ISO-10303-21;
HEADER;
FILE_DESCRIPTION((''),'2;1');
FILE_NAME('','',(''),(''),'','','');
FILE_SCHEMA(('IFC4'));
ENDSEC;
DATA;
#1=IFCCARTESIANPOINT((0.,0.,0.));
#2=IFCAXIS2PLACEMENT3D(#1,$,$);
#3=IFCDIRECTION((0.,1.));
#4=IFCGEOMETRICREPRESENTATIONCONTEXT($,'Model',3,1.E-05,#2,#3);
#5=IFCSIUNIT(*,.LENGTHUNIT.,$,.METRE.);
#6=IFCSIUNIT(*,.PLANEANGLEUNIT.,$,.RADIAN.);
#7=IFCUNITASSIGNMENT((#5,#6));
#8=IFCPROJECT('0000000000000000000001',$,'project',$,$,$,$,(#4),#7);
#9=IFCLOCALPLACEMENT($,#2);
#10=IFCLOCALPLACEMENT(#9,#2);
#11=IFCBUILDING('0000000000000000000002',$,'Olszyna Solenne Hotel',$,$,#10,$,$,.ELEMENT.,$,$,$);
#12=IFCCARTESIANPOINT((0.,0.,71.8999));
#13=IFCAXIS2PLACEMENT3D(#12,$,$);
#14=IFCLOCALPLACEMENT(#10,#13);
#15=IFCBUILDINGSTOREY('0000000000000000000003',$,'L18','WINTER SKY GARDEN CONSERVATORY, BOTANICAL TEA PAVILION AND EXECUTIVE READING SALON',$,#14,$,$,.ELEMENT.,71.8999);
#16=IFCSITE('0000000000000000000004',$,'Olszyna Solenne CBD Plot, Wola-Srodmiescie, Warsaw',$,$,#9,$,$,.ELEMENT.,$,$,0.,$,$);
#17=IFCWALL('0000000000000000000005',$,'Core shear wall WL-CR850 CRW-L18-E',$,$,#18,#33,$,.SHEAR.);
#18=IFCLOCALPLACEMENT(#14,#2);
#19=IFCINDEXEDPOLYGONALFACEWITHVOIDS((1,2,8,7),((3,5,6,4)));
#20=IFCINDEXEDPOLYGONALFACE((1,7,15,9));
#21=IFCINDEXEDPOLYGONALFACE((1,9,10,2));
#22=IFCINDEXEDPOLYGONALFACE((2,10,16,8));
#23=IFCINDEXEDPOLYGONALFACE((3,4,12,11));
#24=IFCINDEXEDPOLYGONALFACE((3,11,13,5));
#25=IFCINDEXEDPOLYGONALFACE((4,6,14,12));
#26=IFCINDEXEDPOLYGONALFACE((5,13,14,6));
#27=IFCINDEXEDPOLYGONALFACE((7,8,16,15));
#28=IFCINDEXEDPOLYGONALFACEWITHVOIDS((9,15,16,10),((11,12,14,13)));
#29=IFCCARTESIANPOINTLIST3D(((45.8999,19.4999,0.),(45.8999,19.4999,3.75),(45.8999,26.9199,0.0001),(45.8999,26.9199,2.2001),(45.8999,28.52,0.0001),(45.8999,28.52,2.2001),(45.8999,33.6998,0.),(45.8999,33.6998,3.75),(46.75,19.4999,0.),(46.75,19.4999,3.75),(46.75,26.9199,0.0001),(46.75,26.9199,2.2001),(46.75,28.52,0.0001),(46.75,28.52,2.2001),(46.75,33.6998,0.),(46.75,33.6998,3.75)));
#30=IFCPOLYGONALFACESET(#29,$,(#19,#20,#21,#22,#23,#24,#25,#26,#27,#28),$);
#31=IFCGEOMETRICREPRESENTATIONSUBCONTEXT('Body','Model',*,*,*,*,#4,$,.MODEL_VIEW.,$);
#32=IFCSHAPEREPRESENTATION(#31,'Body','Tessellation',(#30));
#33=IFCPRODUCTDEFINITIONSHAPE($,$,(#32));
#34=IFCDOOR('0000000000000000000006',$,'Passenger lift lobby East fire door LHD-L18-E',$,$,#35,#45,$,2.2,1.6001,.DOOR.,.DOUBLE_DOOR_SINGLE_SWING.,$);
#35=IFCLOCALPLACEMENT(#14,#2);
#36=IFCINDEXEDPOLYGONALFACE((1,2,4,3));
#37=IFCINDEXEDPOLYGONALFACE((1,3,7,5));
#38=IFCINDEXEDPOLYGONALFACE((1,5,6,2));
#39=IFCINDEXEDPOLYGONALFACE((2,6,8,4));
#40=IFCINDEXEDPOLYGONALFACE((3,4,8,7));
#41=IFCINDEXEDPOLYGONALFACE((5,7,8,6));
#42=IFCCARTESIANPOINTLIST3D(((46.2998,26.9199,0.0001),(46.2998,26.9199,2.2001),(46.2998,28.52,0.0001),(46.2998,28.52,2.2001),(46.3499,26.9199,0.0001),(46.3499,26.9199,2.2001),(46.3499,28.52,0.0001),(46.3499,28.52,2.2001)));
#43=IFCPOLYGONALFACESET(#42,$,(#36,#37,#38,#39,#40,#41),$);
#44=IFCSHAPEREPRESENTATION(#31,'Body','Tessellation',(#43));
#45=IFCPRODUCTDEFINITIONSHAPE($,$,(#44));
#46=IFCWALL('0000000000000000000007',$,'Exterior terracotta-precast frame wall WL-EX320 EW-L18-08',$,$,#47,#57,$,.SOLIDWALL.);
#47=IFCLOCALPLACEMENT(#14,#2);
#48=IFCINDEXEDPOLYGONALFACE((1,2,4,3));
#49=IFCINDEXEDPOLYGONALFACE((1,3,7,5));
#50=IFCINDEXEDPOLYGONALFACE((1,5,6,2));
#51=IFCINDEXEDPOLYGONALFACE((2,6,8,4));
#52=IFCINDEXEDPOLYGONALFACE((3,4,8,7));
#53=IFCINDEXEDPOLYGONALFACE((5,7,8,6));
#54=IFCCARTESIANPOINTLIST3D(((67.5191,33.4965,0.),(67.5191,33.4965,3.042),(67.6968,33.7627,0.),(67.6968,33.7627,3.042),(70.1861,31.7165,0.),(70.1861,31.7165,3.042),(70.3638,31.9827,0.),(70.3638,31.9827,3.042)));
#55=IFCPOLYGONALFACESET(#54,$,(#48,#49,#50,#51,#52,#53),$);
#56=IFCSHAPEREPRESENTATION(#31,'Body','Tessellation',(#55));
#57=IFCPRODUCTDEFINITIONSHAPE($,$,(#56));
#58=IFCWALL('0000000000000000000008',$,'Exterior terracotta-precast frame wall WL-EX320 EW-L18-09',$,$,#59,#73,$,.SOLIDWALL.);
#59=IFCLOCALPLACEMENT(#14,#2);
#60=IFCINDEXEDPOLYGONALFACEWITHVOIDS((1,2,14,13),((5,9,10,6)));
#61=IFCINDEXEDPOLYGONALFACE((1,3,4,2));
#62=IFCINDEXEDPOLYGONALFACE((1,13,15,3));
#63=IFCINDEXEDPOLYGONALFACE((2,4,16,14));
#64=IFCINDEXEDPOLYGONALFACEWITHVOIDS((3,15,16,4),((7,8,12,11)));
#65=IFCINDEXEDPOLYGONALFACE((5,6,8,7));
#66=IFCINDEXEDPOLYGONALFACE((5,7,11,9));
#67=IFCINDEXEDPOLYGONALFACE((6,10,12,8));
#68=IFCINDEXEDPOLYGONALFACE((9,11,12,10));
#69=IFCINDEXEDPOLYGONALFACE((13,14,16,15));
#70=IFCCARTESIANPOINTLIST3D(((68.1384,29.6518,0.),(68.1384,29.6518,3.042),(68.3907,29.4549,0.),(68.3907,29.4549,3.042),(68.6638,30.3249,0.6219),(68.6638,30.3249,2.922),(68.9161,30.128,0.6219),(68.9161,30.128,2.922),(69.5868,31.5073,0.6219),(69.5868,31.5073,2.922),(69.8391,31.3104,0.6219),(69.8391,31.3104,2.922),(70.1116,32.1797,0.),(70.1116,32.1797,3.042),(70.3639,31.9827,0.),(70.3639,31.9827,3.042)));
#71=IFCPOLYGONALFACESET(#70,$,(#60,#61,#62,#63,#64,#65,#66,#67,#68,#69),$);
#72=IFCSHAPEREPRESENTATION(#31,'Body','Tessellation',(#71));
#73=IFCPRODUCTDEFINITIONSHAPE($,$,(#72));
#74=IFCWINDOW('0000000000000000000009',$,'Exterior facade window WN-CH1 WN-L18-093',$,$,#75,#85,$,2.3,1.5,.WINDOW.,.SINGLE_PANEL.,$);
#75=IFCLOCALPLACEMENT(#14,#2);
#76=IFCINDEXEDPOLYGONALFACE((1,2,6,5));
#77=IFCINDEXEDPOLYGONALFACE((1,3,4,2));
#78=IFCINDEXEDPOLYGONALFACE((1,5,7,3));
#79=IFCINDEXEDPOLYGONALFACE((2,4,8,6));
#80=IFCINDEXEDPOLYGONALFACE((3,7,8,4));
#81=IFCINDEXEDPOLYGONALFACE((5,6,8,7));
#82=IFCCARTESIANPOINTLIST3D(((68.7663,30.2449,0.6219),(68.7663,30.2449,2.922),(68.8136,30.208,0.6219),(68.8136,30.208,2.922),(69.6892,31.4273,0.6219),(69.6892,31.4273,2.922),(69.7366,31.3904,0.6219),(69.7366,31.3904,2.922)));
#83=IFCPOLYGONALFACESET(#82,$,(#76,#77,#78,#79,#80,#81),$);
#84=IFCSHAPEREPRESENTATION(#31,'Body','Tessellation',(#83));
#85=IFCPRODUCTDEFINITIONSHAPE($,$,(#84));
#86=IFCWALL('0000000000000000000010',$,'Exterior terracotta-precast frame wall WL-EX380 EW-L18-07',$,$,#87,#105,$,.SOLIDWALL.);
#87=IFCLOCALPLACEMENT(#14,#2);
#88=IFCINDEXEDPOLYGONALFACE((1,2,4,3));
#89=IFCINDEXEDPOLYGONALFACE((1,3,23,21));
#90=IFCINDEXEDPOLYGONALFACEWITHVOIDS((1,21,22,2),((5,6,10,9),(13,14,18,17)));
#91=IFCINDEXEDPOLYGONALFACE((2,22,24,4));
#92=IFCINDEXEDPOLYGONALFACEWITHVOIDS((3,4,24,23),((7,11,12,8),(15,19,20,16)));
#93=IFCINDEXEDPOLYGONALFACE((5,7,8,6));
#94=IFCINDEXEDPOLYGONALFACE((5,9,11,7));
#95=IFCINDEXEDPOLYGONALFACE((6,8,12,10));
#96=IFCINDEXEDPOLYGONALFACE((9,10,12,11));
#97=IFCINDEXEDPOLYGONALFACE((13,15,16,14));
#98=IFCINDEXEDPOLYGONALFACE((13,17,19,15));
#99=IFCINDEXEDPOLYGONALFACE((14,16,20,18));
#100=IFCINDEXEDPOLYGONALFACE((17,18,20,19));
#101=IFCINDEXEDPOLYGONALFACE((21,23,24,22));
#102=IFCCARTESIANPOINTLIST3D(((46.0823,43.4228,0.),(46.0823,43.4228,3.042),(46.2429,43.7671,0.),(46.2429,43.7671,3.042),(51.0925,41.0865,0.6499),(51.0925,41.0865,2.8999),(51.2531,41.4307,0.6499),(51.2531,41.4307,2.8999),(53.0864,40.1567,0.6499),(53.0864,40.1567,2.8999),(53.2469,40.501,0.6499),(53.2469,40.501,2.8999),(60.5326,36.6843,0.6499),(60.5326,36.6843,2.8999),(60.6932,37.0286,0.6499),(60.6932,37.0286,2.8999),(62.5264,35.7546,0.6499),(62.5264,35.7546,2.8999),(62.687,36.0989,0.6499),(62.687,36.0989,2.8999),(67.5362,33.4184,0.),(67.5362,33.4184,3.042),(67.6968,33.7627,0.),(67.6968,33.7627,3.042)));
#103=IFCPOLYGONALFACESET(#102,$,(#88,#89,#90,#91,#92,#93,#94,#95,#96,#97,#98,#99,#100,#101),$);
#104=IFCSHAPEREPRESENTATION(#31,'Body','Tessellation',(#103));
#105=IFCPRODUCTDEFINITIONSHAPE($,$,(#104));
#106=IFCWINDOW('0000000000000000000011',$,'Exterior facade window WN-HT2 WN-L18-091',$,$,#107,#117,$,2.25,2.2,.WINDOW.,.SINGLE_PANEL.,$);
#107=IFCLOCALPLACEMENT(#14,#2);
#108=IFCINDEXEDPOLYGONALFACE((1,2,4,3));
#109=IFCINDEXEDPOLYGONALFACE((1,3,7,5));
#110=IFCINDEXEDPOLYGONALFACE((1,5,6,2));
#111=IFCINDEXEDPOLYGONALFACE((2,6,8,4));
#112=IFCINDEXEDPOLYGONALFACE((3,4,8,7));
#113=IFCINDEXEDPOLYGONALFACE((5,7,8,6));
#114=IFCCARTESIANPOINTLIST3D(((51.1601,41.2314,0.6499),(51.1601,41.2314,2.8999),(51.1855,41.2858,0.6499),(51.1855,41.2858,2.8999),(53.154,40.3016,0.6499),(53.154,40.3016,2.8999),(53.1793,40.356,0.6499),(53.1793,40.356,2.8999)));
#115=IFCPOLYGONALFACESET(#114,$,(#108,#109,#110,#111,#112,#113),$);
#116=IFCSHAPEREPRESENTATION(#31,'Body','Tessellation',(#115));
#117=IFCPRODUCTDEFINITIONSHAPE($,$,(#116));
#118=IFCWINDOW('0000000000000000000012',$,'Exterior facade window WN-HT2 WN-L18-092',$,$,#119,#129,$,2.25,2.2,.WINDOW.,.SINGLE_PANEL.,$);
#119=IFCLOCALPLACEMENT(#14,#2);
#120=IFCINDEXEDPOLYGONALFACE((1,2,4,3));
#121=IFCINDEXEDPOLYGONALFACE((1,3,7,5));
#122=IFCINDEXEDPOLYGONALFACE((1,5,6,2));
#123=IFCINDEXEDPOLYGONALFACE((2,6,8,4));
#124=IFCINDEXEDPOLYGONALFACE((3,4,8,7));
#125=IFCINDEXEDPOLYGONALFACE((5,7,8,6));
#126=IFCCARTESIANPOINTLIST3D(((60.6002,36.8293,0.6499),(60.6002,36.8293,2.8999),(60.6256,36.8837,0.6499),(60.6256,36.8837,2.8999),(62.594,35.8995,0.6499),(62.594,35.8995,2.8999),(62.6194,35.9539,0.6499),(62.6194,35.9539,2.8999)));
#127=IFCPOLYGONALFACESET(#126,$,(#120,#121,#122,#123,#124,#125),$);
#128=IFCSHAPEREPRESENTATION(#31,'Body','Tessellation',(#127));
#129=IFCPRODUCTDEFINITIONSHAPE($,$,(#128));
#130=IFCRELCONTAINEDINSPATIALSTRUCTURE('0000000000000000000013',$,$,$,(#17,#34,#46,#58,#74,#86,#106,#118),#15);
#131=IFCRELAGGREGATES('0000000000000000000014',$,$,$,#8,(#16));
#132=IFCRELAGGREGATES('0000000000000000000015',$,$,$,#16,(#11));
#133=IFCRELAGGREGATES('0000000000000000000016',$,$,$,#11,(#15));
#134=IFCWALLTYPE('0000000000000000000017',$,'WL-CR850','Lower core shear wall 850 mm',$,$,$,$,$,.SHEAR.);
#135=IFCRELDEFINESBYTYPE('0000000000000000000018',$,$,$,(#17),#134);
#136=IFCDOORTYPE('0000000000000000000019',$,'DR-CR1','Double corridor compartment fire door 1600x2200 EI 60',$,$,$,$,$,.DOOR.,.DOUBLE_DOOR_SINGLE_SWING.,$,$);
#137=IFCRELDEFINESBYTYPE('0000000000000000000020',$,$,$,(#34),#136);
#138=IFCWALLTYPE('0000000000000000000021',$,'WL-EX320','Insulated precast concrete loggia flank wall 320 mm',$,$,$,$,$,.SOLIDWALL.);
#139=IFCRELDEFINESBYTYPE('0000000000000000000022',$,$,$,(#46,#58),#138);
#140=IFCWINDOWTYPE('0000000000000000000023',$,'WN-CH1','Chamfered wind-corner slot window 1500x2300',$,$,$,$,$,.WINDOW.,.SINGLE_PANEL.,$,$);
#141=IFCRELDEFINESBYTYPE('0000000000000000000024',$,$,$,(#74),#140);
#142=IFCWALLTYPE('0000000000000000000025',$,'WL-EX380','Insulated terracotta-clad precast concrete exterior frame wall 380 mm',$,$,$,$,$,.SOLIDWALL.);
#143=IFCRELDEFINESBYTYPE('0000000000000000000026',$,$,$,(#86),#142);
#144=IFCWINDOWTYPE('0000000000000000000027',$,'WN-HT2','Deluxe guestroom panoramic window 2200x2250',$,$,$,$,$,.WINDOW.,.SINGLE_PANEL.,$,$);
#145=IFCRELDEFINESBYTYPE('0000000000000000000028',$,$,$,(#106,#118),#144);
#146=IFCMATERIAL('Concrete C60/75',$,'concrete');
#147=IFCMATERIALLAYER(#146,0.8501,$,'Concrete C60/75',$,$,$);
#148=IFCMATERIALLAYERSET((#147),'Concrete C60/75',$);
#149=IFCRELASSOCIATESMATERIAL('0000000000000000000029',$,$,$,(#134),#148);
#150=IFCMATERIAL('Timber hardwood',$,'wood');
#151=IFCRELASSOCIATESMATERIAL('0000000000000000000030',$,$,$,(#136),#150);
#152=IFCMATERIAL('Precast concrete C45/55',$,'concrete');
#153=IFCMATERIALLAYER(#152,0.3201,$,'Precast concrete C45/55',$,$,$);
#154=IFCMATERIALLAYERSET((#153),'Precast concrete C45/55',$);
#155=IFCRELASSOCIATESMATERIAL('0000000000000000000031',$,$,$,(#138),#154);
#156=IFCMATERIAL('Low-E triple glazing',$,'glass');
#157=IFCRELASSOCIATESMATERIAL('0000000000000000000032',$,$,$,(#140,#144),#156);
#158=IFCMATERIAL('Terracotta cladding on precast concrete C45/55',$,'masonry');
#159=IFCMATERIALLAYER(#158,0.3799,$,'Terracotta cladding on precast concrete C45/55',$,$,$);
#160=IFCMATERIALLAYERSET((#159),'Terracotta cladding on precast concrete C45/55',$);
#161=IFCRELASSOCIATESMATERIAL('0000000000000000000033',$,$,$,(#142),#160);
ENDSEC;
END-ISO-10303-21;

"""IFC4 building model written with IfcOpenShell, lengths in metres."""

from ifc_helpers import new_model, si_unit, direction, frame, frame_2d, origin, place, context, subcontext, project, spatial, rectangle, extrude, source, transform, mapped, material, layer, layer_set, type_object, type_shapes, element, fill, save


model = new_model("IFC4")

# Units and contexts
model_context = context("Model", 3, precision=1e-05, world=origin(), true_north=direction((0.0, 1.0)))
body_context = subcontext(model_context, "Body", "Model", "MODEL_VIEW")
ifc_project = project(units=[si_unit("LENGTHUNIT", "METRE"), si_unit("PLANEANGLEUNIT", "RADIAN")], contexts=[model_context])

# Site, building, storey
site_placement = place(None, origin())
site = spatial("IfcSite", under=ifc_project, at=site_placement, Name="Olszyna Solenne CBD Plot, Wola-Srodmiescie, Warsaw", CompositionType="ELEMENT", RefElevation=0.0)
building_placement = place(site_placement, origin())
building = spatial("IfcBuilding", under=site, at=building_placement, Name="Olszyna Solenne Hotel", CompositionType="ELEMENT")
storey_placement = place(building_placement, frame((0.0, 0.0, 71.8999)))
storey = spatial("IfcBuildingStorey", under=building, at=storey_placement, Name="L18", Description="WINTER SKY GARDEN CONSERVATORY, BOTANICAL TEA PAVILION AND EXECUTIVE READING SALON", CompositionType="ELEMENT", Elevation=71.8999)

# Wall, opening, door
ifc_material_1 = material(Name="Concrete C60/75", Category="concrete")
ifc_layer_1 = layer(ifc_material_1, 0.8501, Name="Concrete C60/75")
ifc_layer_set_1 = layer_set([ifc_layer_1], Name="Concrete C60/75")
wall_type_1 = type_object("IfcWallType", Name="WL-CR850", Description="Lower core shear wall 850 mm", PredefinedType="SHEAR", material=ifc_layer_set_1)
wall_1_placement = place(storey_placement, frame((46.325, 33.7, 0.0), z_axis=(0.0, 0.0, 1.0), x_axis=(0.0, -1.0, 0.0)))
wall_1 = element("IfcWall", 1, at=wall_1_placement, inside=storey, type_object=wall_type_1, Name="Core shear wall WL-CR850 CRW-L18-E", PredefinedType="SHEAR", context=body_context, shape_type="SweptSolid", body=[
    extrude(rectangle(XDim=14.2, YDim=0.8501, at=frame_2d((7.1001, 0.0))), origin(), (0.0, 0.0, 1.0), 3.75),
])
opening_1_placement = place(wall_1_placement, frame((5.1799, 0.0, 0.0)))
opening_1 = element("IfcOpeningElement", 2, at=opening_1_placement, cuts=wall_1, PredefinedType="OPENING", context=body_context, shape_type="SweptSolid", body=[
    extrude(rectangle(XDim=1.6001, YDim=2.2, at=frame_2d((0.8, 1.1001))), frame((0.0, 0.4351, 0.0), z_axis=(0.0, -1.0, 0.0), x_axis=(1.0, 0.0, 0.0)), (0.0, 0.0, 1.0), 0.8701),
])
ifc_material_2 = material(Name="Timber hardwood", Category="wood")
door_type_1 = type_object("IfcDoorType", Name="DR-CR1", Description="Double corridor compartment fire door 1600x2200 EI 60", OperationType="DOUBLE_DOOR_SINGLE_SWING", PredefinedType="DOOR", material=ifc_material_2)
shared_shape_1 = source(origin(), body_context, "Body", "SweptSolid", [
    extrude(rectangle(XDim=1.6001, YDim=2.2, at=frame_2d((0.8, 1.1001))), frame((0.0, 0.0249, 0.0), z_axis=(0.0, -1.0, 0.0), x_axis=(1.0, 0.0, 0.0)), (0.0, 0.0, 1.0), 0.05),
])
type_shapes(door_type_1, [shared_shape_1])
door_1_placement = place(opening_1_placement, origin())
door_1 = element("IfcDoor", 3, at=door_1_placement, inside=storey, type_object=door_type_1, Name="Passenger lift lobby East fire door LHD-L18-E", OperationType="DOUBLE_DOOR_SINGLE_SWING", OverallHeight=2.2, OverallWidth=1.6001, PredefinedType="DOOR", context=body_context, shape_type="MappedRepresentation", body=[
    mapped(shared_shape_1, transform((0.0, 0.0, 0.0), x_axis=(1.0, 0.0, 0.0), y_axis=(0.0, 1.0, 0.0), z_axis=(0.0, 0.0, 1.0), scale=1.0)),
])
fill(opening_1, door_1)

# Wall
ifc_material_3 = material(Name="Precast concrete C45/55", Category="concrete")
ifc_layer_2 = layer(ifc_material_3, 0.3201, Name="Precast concrete C45/55")
ifc_layer_set_2 = layer_set([ifc_layer_2], Name="Precast concrete C45/55")
wall_type_2 = type_object("IfcWallType", Name="WL-EX320", Description="Insulated precast concrete loggia flank wall 320 mm", PredefinedType="SOLIDWALL", material=ifc_layer_set_2)
wall_2_placement = place(storey_placement, frame((67.6079, 33.6296, 0.0), z_axis=(0.0, 0.0, 1.0), x_axis=(0.831757, -0.555139, 0.0)))
element("IfcWall", 4, at=wall_2_placement, inside=storey, type_object=wall_type_2, Name="Exterior terracotta-precast frame wall WL-EX320 EW-L18-08", PredefinedType="SOLIDWALL", context=body_context, shape_type="SweptSolid", body=[
    extrude(rectangle(XDim=3.2065, YDim=0.3201, at=frame_2d((1.6033, 0.0))), origin(), (0.0, 0.0, 1.0), 3.042),
])

# Wall, opening, window
wall_3_placement = place(storey_placement, frame((70.2378, 32.0813, 0.0), z_axis=(0.0, 0.0, 1.0), x_axis=(-0.61531, -0.788285, 0.0)))
wall_3 = element("IfcWall", 5, at=wall_3_placement, inside=storey, type_object=wall_type_2, Name="Exterior terracotta-precast frame wall WL-EX320 EW-L18-09", PredefinedType="SOLIDWALL", context=body_context, shape_type="SweptSolid", body=[
    extrude(rectangle(XDim=3.2068, YDim=0.3201, at=frame_2d((1.6035, 0.0))), origin(), (0.0, 0.0, 1.0), 3.042),
])
opening_2_placement = place(wall_3_placement, frame((0.853, 0.0, 0.6221)))
opening_2 = element("IfcOpeningElement", 6, at=opening_2_placement, cuts=wall_3, PredefinedType="OPENING", context=body_context, shape_type="SweptSolid", body=[
    extrude(rectangle(XDim=1.5, YDim=2.3, at=frame_2d((0.75, 1.1499))), frame((0.0, 0.1699, 0.0), z_axis=(0.0, -1.0, 0.0), x_axis=(1.0, 0.0, 0.0)), (0.0, 0.0, 1.0), 0.3401),
])
ifc_material_4 = material(Name="Low-E triple glazing", Category="glass")
window_type_1 = type_object("IfcWindowType", Name="WN-CH1", Description="Chamfered wind-corner slot window 1500x2300", PartitioningType="SINGLE_PANEL", PredefinedType="WINDOW", material=ifc_material_4)
shared_shape_2 = source(origin(), body_context, "Body", "SweptSolid", [
    extrude(rectangle(XDim=1.5, YDim=2.3, at=frame_2d((0.75, 1.1499))), frame((0.0, 0.03, 0.0), z_axis=(0.0, -1.0, 0.0), x_axis=(1.0, 0.0, 0.0)), (0.0, 0.0, 1.0), 0.0601),
])
type_shapes(window_type_1, [shared_shape_2])
window_1_placement = place(opening_2_placement, origin())
window_1 = element("IfcWindow", 7, at=window_1_placement, inside=storey, type_object=window_type_1, Name="Exterior facade window WN-CH1 WN-L18-093", OverallHeight=2.3, OverallWidth=1.5, PartitioningType="SINGLE_PANEL", PredefinedType="WINDOW", context=body_context, shape_type="MappedRepresentation", body=[
    mapped(shared_shape_2, transform((0.0, 0.0, 0.0), x_axis=(1.0, 0.0, 0.0), y_axis=(0.0, 1.0, 0.0), z_axis=(0.0, 0.0, 1.0), scale=1.0)),
])
fill(opening_2, window_1)

# Wall, openings, windows
ifc_material_5 = material(Name="Terracotta cladding on precast concrete C45/55", Category="masonry")
ifc_layer_3 = layer(ifc_material_5, 0.3799, Name="Terracotta cladding on precast concrete C45/55")
ifc_layer_set_3 = layer_set([ifc_layer_3], Name="Terracotta cladding on precast concrete C45/55")
wall_type_3 = type_object("IfcWallType", Name="WL-EX380", Description="Insulated terracotta-clad precast concrete exterior frame wall 380 mm", PredefinedType="SOLIDWALL", material=ifc_layer_set_3)
wall_4_placement = place(storey_placement, frame((46.1626, 43.595, 0.0), z_axis=(0.0, 0.0, 1.0), x_axis=(0.906303, -0.422629, 0.0)))
wall_4 = element("IfcWall", 8, at=wall_4_placement, inside=storey, type_object=wall_type_3, Name="Exterior terracotta-precast frame wall WL-EX380 EW-L18-07", PredefinedType="SOLIDWALL", context=body_context, shape_type="SweptSolid", body=[
    extrude(rectangle(XDim=23.6719, YDim=0.3799, at=frame_2d((11.8359, 0.0))), origin(), (0.0, 0.0, 1.0), 3.042),
])
opening_3_placement = place(wall_4_placement, frame((5.5281, 0.0, 0.6499)))
opening_3 = element("IfcOpeningElement", 9, at=opening_3_placement, cuts=wall_4, PredefinedType="OPENING", context=body_context, shape_type="SweptSolid", body=[
    extrude(rectangle(XDim=2.2, YDim=2.25, at=frame_2d((1.1001, 1.125))), frame((0.0, 0.2, 0.0), z_axis=(0.0, -1.0, 0.0), x_axis=(1.0, 0.0, 0.0)), (0.0, 0.0, 1.0), 0.3999),
])
opening_4_placement = place(wall_4_placement, frame((15.9441, 0.0, 0.6499)))
opening_4 = element("IfcOpeningElement", 10, at=opening_4_placement, cuts=wall_4, PredefinedType="OPENING", context=body_context, shape_type="SweptSolid", body=[
    extrude(rectangle(XDim=2.2, YDim=2.25, at=frame_2d((1.1001, 1.125))), frame((0.0, 0.2, 0.0), z_axis=(0.0, -1.0, 0.0), x_axis=(1.0, 0.0, 0.0)), (0.0, 0.0, 1.0), 0.3999),
])
window_type_2 = type_object("IfcWindowType", Name="WN-HT2", Description="Deluxe guestroom panoramic window 2200x2250", PartitioningType="SINGLE_PANEL", PredefinedType="WINDOW", material=ifc_material_4)
shared_shape_3 = source(origin(), body_context, "Body", "SweptSolid", [
    extrude(rectangle(XDim=2.2, YDim=2.25, at=frame_2d((1.1001, 1.125))), frame((0.0, 0.03, 0.0), z_axis=(0.0, -1.0, 0.0), x_axis=(1.0, 0.0, 0.0)), (0.0, 0.0, 1.0), 0.0601),
])
type_shapes(window_type_2, [shared_shape_3])
window_2_placement = place(opening_3_placement, origin())
window_2 = element("IfcWindow", 11, at=window_2_placement, inside=storey, type_object=window_type_2, Name="Exterior facade window WN-HT2 WN-L18-091", OverallHeight=2.25, OverallWidth=2.2, PartitioningType="SINGLE_PANEL", PredefinedType="WINDOW", context=body_context, shape_type="MappedRepresentation", body=[
    mapped(shared_shape_3, transform((0.0, 0.0, 0.0), x_axis=(1.0, 0.0, 0.0), y_axis=(0.0, 1.0, 0.0), z_axis=(0.0, 0.0, 1.0), scale=1.0)),
])
fill(opening_3, window_2)
window_3_placement = place(opening_4_placement, origin())
window_3 = element("IfcWindow", 12, at=window_3_placement, inside=storey, type_object=window_type_2, Name="Exterior facade window WN-HT2 WN-L18-092", OverallHeight=2.25, OverallWidth=2.2, PartitioningType="SINGLE_PANEL", PredefinedType="WINDOW", context=body_context, shape_type="MappedRepresentation", body=[
    mapped(shared_shape_3, transform((0.0, 0.0, 0.0), x_axis=(1.0, 0.0, 0.0), y_axis=(0.0, 1.0, 0.0), z_axis=(0.0, 0.0, 1.0), scale=1.0)),
])
fill(opening_4, window_3)

save(model, "model.ifc")
